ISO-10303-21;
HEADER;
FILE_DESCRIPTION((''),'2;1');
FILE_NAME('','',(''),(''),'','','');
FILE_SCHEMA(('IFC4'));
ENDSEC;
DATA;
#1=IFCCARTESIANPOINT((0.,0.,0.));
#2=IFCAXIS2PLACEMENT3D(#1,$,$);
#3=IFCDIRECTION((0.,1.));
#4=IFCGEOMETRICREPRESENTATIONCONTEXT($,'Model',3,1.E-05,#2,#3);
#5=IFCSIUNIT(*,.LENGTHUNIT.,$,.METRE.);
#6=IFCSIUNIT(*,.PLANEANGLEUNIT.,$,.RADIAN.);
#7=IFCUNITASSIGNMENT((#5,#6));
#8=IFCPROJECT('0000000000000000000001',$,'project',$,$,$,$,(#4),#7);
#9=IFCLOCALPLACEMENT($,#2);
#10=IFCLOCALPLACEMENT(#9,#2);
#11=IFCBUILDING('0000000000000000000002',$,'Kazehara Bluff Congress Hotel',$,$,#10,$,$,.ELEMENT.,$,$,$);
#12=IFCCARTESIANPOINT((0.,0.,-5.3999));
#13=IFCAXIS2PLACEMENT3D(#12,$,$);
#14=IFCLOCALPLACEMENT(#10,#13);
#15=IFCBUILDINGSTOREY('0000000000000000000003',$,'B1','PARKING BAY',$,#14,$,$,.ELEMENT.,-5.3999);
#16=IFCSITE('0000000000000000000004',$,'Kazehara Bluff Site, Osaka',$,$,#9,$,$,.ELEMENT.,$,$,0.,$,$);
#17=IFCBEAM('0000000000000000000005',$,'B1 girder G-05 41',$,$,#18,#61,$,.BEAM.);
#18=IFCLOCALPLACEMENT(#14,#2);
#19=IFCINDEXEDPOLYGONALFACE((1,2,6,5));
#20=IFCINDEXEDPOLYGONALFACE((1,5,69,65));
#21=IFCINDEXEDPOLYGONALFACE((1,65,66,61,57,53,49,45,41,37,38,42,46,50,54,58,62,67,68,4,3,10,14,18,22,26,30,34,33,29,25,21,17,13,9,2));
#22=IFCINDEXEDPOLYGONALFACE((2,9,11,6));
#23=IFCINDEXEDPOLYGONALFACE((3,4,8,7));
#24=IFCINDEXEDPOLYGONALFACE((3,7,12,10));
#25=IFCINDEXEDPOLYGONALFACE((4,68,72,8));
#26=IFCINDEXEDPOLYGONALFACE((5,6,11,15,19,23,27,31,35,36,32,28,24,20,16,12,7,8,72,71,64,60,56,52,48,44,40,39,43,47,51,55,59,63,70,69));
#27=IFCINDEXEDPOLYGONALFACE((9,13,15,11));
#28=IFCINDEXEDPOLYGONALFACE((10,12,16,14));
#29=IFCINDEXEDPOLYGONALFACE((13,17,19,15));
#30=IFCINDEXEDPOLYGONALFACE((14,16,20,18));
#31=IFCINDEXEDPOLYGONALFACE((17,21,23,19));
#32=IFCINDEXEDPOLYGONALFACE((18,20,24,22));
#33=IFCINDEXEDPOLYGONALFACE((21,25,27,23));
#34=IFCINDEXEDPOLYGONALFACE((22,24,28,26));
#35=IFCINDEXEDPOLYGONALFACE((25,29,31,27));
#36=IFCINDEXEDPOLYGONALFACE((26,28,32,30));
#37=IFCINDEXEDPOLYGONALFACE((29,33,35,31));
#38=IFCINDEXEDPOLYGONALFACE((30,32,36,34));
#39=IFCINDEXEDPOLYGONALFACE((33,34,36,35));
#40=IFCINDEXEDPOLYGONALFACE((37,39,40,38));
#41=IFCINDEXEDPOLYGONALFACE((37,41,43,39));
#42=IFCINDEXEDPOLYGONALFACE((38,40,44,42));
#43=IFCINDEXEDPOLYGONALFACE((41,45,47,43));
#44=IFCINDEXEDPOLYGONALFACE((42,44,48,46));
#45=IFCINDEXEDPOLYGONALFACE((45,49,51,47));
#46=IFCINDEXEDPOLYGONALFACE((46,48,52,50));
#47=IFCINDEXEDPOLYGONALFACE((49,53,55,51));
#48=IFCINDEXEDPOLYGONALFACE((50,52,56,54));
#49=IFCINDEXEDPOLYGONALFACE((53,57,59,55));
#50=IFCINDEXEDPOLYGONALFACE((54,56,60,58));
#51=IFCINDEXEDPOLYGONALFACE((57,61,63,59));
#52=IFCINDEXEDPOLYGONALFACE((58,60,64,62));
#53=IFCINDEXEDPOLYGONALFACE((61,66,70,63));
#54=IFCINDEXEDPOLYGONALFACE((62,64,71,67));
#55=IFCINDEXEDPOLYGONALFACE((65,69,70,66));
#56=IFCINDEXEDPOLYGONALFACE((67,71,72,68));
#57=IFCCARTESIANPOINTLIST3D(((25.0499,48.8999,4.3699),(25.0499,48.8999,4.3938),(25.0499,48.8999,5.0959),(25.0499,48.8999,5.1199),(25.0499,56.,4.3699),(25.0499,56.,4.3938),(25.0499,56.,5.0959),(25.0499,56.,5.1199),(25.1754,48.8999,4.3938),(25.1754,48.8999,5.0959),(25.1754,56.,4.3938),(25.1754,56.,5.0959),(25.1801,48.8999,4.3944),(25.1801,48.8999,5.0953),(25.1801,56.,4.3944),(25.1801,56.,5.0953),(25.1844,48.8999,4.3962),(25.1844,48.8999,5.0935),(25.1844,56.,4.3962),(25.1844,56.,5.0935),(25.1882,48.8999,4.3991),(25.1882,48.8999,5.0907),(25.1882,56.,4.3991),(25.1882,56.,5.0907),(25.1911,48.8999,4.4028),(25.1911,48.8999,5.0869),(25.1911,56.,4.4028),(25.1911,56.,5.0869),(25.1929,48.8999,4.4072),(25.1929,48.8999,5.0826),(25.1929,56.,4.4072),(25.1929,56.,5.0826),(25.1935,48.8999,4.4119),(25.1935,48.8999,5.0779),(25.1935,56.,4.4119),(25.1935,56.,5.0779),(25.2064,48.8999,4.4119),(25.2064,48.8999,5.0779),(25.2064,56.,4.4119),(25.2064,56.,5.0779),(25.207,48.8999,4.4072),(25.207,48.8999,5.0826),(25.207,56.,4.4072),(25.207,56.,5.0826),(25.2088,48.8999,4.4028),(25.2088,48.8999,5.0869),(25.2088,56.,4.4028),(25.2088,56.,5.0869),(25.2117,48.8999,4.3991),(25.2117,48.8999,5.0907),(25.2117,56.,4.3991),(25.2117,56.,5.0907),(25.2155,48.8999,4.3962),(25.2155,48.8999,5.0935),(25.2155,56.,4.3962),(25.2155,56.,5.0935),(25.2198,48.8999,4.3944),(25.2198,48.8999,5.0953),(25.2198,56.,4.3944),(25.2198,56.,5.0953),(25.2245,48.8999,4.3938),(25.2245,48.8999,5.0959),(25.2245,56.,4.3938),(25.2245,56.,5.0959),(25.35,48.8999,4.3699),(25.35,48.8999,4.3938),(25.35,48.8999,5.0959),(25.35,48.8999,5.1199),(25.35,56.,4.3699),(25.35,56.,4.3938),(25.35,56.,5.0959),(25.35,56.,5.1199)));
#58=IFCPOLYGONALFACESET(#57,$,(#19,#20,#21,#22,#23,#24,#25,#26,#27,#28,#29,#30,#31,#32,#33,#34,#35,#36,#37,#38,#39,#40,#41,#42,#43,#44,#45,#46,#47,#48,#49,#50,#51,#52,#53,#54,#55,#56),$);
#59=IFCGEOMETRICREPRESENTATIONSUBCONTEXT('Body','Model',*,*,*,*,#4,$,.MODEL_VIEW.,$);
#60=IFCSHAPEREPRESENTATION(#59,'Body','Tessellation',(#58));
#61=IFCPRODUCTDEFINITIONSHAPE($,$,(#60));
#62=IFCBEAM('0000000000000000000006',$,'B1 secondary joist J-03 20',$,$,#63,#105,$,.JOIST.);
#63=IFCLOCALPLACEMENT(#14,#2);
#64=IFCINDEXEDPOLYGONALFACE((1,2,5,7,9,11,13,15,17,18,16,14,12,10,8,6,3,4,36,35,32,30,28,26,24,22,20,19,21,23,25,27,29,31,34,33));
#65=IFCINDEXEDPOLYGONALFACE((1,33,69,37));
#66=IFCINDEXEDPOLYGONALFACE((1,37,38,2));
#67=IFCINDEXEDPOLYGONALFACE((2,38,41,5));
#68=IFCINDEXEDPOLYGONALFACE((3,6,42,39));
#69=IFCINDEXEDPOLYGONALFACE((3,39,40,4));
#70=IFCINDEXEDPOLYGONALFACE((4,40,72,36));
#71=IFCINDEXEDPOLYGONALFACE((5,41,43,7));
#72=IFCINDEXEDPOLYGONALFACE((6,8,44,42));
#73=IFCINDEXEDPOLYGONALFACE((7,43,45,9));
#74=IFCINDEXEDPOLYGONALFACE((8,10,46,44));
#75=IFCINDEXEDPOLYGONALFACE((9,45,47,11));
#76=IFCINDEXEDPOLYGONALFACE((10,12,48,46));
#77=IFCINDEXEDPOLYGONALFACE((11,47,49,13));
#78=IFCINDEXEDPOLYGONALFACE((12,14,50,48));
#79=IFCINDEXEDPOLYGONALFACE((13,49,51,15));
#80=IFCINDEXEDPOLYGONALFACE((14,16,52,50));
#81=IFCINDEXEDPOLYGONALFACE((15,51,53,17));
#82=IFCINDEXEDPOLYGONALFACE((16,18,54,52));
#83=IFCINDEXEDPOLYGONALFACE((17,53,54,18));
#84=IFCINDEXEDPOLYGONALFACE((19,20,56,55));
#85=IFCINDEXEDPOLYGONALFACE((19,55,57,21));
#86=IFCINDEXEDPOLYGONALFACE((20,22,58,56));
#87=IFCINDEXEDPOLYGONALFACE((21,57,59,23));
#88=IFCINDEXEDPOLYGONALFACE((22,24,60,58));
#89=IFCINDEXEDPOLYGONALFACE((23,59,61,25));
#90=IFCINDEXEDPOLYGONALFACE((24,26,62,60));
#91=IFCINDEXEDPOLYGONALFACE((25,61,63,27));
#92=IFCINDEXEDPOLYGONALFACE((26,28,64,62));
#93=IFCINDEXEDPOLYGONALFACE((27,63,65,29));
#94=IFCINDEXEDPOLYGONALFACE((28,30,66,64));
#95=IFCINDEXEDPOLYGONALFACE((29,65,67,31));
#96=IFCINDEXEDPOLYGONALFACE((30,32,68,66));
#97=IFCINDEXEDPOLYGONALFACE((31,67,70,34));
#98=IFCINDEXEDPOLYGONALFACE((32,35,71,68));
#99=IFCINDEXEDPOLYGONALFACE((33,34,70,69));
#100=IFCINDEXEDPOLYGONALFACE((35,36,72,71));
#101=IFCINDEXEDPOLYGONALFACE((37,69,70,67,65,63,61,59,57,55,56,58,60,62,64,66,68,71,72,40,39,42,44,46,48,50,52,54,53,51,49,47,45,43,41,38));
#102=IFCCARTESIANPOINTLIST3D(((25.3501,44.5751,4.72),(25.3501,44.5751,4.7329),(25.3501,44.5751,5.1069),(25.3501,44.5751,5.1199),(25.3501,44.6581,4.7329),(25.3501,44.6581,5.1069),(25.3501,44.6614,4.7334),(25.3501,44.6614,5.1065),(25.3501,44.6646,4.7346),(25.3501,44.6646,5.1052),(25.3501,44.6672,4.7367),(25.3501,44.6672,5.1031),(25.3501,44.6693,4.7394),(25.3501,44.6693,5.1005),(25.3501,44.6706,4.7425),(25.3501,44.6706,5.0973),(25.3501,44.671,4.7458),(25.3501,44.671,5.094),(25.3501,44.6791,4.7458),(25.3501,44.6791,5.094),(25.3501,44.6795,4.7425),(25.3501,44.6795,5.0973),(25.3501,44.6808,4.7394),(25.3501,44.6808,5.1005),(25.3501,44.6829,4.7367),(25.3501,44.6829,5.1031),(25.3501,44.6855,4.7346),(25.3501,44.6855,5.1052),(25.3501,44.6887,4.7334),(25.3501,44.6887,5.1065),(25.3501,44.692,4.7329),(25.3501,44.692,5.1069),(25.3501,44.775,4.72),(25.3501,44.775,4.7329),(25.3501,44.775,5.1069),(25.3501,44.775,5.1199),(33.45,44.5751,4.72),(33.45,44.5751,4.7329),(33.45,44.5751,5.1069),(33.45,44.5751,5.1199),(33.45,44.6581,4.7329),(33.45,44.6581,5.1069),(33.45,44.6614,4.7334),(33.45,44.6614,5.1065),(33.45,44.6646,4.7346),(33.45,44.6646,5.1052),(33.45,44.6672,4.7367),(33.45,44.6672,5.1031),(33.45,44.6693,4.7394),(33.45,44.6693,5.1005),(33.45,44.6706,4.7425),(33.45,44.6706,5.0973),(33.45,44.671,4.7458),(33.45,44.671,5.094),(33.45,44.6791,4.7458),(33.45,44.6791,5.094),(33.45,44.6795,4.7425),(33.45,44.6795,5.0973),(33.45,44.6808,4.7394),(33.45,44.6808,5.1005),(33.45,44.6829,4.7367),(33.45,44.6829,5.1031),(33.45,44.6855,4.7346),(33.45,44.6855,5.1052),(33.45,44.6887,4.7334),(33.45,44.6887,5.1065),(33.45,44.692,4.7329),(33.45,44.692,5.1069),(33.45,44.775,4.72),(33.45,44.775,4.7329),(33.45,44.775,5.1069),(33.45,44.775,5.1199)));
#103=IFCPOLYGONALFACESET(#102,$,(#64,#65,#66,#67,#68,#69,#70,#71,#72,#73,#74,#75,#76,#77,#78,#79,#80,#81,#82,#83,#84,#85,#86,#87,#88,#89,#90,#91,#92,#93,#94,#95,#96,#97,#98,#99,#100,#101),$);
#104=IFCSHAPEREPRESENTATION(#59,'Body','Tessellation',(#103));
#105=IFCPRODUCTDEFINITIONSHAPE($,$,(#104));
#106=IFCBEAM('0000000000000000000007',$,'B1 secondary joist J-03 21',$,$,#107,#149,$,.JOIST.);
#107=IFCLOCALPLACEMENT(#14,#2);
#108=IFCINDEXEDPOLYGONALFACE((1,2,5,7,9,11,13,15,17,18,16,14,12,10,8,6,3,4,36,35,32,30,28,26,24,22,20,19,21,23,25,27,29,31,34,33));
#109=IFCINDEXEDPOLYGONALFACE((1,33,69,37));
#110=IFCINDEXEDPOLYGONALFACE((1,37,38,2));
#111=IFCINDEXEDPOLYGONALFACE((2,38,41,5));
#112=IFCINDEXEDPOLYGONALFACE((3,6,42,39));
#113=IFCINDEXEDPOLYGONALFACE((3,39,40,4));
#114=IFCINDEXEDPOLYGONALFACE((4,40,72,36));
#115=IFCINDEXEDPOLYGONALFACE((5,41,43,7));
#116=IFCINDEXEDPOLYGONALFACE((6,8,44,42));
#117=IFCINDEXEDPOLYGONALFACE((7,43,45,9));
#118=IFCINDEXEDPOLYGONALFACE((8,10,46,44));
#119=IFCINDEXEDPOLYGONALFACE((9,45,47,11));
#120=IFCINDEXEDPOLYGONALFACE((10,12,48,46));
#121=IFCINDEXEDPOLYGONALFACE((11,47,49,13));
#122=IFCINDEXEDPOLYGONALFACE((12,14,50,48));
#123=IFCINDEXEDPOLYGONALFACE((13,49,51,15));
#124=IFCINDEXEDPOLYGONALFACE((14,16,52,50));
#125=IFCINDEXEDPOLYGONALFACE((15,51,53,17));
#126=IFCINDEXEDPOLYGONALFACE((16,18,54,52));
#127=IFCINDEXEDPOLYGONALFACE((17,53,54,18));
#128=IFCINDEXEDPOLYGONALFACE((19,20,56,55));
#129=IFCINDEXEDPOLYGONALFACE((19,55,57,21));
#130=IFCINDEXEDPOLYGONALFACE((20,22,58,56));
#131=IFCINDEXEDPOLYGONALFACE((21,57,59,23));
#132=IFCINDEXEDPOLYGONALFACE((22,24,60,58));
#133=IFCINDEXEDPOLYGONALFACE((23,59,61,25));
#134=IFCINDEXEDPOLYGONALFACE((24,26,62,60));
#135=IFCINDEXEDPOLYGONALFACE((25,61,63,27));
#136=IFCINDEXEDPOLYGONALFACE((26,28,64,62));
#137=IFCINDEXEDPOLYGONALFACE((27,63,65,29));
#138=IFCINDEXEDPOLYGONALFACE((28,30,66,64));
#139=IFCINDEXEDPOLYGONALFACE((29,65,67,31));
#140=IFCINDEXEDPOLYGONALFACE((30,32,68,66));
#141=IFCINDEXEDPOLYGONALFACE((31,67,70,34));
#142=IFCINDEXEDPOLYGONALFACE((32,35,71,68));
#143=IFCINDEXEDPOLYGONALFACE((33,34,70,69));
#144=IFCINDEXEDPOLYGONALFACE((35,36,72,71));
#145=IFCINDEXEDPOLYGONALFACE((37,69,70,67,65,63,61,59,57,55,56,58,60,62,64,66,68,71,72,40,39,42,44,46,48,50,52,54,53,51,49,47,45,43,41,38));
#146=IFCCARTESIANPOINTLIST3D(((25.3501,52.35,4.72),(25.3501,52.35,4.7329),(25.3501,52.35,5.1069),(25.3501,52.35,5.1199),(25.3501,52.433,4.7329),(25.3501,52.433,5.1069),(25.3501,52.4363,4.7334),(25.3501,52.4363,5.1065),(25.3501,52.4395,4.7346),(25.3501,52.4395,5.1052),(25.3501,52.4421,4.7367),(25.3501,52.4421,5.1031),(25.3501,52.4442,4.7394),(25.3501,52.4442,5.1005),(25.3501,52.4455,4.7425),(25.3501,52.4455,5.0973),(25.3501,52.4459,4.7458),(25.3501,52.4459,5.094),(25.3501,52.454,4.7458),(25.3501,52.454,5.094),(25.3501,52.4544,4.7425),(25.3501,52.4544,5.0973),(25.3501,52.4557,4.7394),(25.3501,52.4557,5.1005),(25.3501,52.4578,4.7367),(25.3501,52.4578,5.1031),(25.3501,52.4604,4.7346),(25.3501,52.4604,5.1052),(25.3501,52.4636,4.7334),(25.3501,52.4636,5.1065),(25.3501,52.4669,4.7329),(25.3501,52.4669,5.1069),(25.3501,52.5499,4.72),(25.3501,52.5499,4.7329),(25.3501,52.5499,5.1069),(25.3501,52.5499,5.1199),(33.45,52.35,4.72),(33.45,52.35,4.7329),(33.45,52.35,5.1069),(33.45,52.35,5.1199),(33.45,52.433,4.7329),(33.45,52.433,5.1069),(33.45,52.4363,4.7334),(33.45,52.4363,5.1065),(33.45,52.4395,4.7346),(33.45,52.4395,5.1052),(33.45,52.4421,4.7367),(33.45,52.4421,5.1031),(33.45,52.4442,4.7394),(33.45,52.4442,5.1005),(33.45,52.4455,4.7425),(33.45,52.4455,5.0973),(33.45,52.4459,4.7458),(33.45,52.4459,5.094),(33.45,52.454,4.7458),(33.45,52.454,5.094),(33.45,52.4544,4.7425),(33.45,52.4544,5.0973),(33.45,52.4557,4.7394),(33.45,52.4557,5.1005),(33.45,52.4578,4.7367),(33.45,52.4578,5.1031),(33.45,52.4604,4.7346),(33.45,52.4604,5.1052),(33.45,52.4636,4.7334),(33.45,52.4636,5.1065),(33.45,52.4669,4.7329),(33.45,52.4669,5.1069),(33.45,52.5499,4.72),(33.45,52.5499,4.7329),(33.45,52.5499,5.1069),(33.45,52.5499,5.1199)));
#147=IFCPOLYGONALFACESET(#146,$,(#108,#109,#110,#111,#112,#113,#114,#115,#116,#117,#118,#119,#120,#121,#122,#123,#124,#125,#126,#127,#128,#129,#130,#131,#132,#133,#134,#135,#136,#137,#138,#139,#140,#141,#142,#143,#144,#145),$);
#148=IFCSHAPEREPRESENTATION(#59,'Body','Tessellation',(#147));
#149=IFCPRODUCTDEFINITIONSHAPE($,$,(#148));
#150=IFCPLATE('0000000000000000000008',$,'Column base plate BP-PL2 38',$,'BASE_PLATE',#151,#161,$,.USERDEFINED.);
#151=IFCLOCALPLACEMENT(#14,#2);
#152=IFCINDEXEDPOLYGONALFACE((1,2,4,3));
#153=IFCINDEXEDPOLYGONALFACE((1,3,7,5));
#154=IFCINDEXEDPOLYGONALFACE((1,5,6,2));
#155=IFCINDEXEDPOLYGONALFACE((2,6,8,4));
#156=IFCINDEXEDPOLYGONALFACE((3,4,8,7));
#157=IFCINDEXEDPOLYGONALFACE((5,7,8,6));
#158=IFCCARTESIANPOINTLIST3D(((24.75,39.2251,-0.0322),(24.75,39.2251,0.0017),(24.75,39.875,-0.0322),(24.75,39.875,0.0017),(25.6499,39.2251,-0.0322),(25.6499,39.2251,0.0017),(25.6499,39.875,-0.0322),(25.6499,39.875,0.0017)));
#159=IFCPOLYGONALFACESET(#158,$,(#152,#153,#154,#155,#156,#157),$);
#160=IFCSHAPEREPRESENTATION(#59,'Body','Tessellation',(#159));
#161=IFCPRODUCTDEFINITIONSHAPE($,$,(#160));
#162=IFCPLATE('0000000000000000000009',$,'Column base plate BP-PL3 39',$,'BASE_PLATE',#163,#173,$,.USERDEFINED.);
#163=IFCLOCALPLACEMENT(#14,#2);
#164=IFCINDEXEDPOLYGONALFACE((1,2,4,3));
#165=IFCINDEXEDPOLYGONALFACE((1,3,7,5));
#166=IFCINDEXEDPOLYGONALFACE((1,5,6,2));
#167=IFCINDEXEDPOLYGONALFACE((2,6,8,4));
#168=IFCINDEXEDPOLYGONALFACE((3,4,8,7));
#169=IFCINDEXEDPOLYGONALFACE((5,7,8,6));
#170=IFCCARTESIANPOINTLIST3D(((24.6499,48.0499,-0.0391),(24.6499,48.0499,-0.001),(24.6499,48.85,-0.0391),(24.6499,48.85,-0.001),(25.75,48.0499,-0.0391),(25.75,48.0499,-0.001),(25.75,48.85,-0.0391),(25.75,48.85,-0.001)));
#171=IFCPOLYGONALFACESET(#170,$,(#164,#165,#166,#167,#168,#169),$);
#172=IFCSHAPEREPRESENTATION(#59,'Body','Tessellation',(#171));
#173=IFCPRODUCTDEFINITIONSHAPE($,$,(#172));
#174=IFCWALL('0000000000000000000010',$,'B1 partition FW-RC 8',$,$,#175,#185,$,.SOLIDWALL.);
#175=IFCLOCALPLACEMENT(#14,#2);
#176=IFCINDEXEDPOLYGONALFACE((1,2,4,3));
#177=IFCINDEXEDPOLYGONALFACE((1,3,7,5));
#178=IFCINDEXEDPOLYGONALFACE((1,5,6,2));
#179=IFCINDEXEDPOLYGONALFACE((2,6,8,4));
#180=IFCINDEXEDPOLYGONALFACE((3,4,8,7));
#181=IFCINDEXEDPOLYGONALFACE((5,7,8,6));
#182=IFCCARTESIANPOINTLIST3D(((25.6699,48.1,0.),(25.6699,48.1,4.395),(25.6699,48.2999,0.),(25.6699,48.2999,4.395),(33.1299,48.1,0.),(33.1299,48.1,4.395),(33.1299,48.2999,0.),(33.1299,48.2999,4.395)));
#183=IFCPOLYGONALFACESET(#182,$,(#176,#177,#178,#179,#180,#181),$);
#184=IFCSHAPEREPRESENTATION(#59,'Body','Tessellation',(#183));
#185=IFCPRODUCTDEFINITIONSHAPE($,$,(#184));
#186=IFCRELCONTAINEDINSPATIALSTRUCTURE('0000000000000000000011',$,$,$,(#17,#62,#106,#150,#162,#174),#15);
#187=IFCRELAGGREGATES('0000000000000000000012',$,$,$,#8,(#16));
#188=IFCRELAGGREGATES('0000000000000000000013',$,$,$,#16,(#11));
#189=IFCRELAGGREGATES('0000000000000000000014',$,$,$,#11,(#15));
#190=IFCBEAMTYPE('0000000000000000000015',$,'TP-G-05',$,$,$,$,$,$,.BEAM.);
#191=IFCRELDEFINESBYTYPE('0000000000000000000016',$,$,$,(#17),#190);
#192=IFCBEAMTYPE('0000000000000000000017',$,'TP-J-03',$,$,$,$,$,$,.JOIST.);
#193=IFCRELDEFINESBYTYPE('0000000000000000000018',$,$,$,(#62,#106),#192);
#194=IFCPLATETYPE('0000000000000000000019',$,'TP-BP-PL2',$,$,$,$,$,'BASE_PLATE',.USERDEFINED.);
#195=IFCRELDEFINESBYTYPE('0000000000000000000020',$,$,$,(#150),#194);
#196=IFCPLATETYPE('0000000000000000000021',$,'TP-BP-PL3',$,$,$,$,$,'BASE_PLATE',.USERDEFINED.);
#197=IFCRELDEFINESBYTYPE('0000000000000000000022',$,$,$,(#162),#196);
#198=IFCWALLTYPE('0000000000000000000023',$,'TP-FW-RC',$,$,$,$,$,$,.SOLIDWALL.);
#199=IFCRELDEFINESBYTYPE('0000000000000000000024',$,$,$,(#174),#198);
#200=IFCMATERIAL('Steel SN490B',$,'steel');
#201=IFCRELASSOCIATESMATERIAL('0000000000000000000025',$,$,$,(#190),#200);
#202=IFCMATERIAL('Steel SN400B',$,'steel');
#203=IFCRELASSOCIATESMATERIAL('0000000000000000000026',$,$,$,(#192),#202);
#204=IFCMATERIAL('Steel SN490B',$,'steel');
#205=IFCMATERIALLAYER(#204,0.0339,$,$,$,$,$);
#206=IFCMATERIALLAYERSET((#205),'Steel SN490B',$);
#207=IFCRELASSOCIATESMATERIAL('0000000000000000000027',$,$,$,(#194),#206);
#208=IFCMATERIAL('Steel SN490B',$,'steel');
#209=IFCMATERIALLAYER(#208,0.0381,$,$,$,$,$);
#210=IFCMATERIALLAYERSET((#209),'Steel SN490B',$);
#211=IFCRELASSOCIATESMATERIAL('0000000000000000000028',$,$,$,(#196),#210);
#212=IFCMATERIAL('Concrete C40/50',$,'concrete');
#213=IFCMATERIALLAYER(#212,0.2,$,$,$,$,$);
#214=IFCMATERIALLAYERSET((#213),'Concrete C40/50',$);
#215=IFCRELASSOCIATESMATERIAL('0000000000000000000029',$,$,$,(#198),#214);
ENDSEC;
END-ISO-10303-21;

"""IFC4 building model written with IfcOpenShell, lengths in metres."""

from ifc_helpers import new_model, si_unit, direction, frame, frame_2d, origin, origin_2d, place, context, subcontext, project, spatial, rectangle, i_section, extrude, material, layer, layer_set, material_profile, profile_set, type_object, element, save


model = new_model("IFC4")

# Units and contexts
model_context = context("Model", 3, precision=1e-05, world=origin(), true_north=direction((0.0, 1.0)))
body_context = subcontext(model_context, "Body", "Model", "MODEL_VIEW")
ifc_project = project(units=[si_unit("LENGTHUNIT", "METRE"), si_unit("PLANEANGLEUNIT", "RADIAN")], contexts=[model_context])

# Site, building, storey
site_placement = place(None, origin())
site = spatial("IfcSite", under=ifc_project, at=site_placement, Name="Kazehara Bluff Site, Osaka", CompositionType="ELEMENT", RefElevation=0.0)
building_placement = place(site_placement, origin())
building = spatial("IfcBuilding", under=site, at=building_placement, Name="Kazehara Bluff Congress Hotel", CompositionType="ELEMENT")
storey_placement = place(building_placement, frame((0.0, 0.0, -5.3999)))
storey = spatial("IfcBuildingStorey", under=building, at=storey_placement, Name="B1", Description="PARKING BAY", CompositionType="ELEMENT", Elevation=-5.3999)

# Beams
ifc_material_1 = material(Name="Steel SN490B", Category="steel")
ifc_material_profile_1 = material_profile(ifc_material_1, i_section(OverallWidth=0.3, OverallDepth=0.75, WebThickness=0.0129, FlangeThickness=0.0239, FilletRadius=0.0181, at=origin_2d()))
ifc_profile_set_1 = profile_set([ifc_material_profile_1], Name="Steel SN490B")
beam_type_1 = type_object("IfcBeamType", Name="TP-G-05", PredefinedType="BEAM", material=ifc_profile_set_1)
beam_1_placement = place(storey_placement, frame((25.2, 48.8999, 4.7449), z_axis=(0.0, 1.0, 0.0), x_axis=(-1.0, 0.0, 0.0)))
element("IfcBeam", 1, at=beam_1_placement, inside=storey, type_object=beam_type_1, Name="B1 girder G-05 41", PredefinedType="BEAM", context=body_context, shape_type="SweptSolid", body=[
    extrude(i_section(OverallWidth=0.3, OverallDepth=0.75, WebThickness=0.0129, FlangeThickness=0.0239, FilletRadius=0.0181, at=origin_2d()), origin(), (0.0, 0.0, 1.0), 7.1001),
])
ifc_material_2 = material(Name="Steel SN400B", Category="steel")
ifc_material_profile_2 = material_profile(ifc_material_2, i_section(OverallWidth=0.2, OverallDepth=0.3999, WebThickness=0.0081, FlangeThickness=0.0129, FilletRadius=0.0129, at=origin_2d()))
ifc_profile_set_2 = profile_set([ifc_material_profile_2], Name="Steel SN400B")
beam_type_2 = type_object("IfcBeamType", Name="TP-J-03", PredefinedType="JOIST", material=ifc_profile_set_2)
for number, where, z_axis, x_axis, name in (
    (2, (25.3501, 44.675, 4.9199), (1.0, 0.0, 0.0), (0.0, 1.0, 0.0), "B1 secondary joist J-03 20"),
    (3, (25.3501, 52.45, 4.9199), (1.0, 0.0, 0.0), (0.0, 1.0, 0.0), "B1 secondary joist J-03 21"),
):
    element("IfcBeam", number, at=place(storey_placement, frame(where, z_axis=z_axis, x_axis=x_axis)), inside=storey, type_object=beam_type_2, Name=name, PredefinedType="JOIST", context=body_context, shape_type="SweptSolid", body=[
        extrude(i_section(OverallWidth=0.2, OverallDepth=0.3999, WebThickness=0.0081, FlangeThickness=0.0129, FilletRadius=0.0129, at=origin_2d()), origin(), (0.0, 0.0, 1.0), 8.0999),
    ])

# Plates
ifc_material_3 = material(Name="Steel SN490B", Category="steel")
ifc_layer_1 = layer(ifc_material_3, 0.0339)
ifc_layer_set_1 = layer_set([ifc_layer_1], Name="Steel SN490B")
plate_type_1 = type_object("IfcPlateType", Name="TP-BP-PL2", ElementType="BASE_PLATE", PredefinedType="USERDEFINED", material=ifc_layer_set_1)
plate_1_placement = place(storey_placement, frame((25.2, 39.55, -0.0322), z_axis=(0.0, 0.0, 1.0), x_axis=(1.0, 0.0, 0.0)))
element("IfcPlate", 4, at=plate_1_placement, inside=storey, type_object=plate_type_1, Name="Column base plate BP-PL2 38", ObjectType="BASE_PLATE", PredefinedType="USERDEFINED", context=body_context, shape_type="SweptSolid", body=[
    extrude(rectangle(XDim=0.8999, YDim=0.6499, at=origin_2d()), origin(), (0.0, 0.0, 1.0), 0.0339),
])
ifc_material_4 = material(Name="Steel SN490B", Category="steel")
ifc_layer_2 = layer(ifc_material_4, 0.0381)
ifc_layer_set_2 = layer_set([ifc_layer_2], Name="Steel SN490B")
plate_type_2 = type_object("IfcPlateType", Name="TP-BP-PL3", ElementType="BASE_PLATE", PredefinedType="USERDEFINED", material=ifc_layer_set_2)
plate_2_placement = place(storey_placement, frame((25.2, 48.45, -0.0391), z_axis=(0.0, 0.0, 1.0), x_axis=(1.0, 0.0, 0.0)))
element("IfcPlate", 5, at=plate_2_placement, inside=storey, type_object=plate_type_2, Name="Column base plate BP-PL3 39", ObjectType="BASE_PLATE", PredefinedType="USERDEFINED", context=body_context, shape_type="SweptSolid", body=[
    extrude(rectangle(XDim=1.1001, YDim=0.8, at=origin_2d()), origin(), (0.0, 0.0, 1.0), 0.0381),
])

# Wall
ifc_material_5 = material(Name="Concrete C40/50", Category="concrete")
ifc_layer_3 = layer(ifc_material_5, 0.2)
ifc_layer_set_3 = layer_set([ifc_layer_3], Name="Concrete C40/50")
wall_type = type_object("IfcWallType", Name="TP-FW-RC", PredefinedType="SOLIDWALL", material=ifc_layer_set_3)
wall_placement = place(storey_placement, frame((25.6699, 48.2, 0.0), z_axis=(0.0, 0.0, 1.0), x_axis=(1.0, 0.0, 0.0)))
element("IfcWall", 6, at=wall_placement, inside=storey, type_object=wall_type, Name="B1 partition FW-RC 8", PredefinedType="SOLIDWALL", context=body_context, shape_type="SweptSolid", body=[
    extrude(rectangle(XDim=7.46, YDim=0.2, at=frame_2d((3.73, 0.0))), origin(), (0.0, 0.0, 1.0), 4.395),
])

save(model, "model.ifc")
